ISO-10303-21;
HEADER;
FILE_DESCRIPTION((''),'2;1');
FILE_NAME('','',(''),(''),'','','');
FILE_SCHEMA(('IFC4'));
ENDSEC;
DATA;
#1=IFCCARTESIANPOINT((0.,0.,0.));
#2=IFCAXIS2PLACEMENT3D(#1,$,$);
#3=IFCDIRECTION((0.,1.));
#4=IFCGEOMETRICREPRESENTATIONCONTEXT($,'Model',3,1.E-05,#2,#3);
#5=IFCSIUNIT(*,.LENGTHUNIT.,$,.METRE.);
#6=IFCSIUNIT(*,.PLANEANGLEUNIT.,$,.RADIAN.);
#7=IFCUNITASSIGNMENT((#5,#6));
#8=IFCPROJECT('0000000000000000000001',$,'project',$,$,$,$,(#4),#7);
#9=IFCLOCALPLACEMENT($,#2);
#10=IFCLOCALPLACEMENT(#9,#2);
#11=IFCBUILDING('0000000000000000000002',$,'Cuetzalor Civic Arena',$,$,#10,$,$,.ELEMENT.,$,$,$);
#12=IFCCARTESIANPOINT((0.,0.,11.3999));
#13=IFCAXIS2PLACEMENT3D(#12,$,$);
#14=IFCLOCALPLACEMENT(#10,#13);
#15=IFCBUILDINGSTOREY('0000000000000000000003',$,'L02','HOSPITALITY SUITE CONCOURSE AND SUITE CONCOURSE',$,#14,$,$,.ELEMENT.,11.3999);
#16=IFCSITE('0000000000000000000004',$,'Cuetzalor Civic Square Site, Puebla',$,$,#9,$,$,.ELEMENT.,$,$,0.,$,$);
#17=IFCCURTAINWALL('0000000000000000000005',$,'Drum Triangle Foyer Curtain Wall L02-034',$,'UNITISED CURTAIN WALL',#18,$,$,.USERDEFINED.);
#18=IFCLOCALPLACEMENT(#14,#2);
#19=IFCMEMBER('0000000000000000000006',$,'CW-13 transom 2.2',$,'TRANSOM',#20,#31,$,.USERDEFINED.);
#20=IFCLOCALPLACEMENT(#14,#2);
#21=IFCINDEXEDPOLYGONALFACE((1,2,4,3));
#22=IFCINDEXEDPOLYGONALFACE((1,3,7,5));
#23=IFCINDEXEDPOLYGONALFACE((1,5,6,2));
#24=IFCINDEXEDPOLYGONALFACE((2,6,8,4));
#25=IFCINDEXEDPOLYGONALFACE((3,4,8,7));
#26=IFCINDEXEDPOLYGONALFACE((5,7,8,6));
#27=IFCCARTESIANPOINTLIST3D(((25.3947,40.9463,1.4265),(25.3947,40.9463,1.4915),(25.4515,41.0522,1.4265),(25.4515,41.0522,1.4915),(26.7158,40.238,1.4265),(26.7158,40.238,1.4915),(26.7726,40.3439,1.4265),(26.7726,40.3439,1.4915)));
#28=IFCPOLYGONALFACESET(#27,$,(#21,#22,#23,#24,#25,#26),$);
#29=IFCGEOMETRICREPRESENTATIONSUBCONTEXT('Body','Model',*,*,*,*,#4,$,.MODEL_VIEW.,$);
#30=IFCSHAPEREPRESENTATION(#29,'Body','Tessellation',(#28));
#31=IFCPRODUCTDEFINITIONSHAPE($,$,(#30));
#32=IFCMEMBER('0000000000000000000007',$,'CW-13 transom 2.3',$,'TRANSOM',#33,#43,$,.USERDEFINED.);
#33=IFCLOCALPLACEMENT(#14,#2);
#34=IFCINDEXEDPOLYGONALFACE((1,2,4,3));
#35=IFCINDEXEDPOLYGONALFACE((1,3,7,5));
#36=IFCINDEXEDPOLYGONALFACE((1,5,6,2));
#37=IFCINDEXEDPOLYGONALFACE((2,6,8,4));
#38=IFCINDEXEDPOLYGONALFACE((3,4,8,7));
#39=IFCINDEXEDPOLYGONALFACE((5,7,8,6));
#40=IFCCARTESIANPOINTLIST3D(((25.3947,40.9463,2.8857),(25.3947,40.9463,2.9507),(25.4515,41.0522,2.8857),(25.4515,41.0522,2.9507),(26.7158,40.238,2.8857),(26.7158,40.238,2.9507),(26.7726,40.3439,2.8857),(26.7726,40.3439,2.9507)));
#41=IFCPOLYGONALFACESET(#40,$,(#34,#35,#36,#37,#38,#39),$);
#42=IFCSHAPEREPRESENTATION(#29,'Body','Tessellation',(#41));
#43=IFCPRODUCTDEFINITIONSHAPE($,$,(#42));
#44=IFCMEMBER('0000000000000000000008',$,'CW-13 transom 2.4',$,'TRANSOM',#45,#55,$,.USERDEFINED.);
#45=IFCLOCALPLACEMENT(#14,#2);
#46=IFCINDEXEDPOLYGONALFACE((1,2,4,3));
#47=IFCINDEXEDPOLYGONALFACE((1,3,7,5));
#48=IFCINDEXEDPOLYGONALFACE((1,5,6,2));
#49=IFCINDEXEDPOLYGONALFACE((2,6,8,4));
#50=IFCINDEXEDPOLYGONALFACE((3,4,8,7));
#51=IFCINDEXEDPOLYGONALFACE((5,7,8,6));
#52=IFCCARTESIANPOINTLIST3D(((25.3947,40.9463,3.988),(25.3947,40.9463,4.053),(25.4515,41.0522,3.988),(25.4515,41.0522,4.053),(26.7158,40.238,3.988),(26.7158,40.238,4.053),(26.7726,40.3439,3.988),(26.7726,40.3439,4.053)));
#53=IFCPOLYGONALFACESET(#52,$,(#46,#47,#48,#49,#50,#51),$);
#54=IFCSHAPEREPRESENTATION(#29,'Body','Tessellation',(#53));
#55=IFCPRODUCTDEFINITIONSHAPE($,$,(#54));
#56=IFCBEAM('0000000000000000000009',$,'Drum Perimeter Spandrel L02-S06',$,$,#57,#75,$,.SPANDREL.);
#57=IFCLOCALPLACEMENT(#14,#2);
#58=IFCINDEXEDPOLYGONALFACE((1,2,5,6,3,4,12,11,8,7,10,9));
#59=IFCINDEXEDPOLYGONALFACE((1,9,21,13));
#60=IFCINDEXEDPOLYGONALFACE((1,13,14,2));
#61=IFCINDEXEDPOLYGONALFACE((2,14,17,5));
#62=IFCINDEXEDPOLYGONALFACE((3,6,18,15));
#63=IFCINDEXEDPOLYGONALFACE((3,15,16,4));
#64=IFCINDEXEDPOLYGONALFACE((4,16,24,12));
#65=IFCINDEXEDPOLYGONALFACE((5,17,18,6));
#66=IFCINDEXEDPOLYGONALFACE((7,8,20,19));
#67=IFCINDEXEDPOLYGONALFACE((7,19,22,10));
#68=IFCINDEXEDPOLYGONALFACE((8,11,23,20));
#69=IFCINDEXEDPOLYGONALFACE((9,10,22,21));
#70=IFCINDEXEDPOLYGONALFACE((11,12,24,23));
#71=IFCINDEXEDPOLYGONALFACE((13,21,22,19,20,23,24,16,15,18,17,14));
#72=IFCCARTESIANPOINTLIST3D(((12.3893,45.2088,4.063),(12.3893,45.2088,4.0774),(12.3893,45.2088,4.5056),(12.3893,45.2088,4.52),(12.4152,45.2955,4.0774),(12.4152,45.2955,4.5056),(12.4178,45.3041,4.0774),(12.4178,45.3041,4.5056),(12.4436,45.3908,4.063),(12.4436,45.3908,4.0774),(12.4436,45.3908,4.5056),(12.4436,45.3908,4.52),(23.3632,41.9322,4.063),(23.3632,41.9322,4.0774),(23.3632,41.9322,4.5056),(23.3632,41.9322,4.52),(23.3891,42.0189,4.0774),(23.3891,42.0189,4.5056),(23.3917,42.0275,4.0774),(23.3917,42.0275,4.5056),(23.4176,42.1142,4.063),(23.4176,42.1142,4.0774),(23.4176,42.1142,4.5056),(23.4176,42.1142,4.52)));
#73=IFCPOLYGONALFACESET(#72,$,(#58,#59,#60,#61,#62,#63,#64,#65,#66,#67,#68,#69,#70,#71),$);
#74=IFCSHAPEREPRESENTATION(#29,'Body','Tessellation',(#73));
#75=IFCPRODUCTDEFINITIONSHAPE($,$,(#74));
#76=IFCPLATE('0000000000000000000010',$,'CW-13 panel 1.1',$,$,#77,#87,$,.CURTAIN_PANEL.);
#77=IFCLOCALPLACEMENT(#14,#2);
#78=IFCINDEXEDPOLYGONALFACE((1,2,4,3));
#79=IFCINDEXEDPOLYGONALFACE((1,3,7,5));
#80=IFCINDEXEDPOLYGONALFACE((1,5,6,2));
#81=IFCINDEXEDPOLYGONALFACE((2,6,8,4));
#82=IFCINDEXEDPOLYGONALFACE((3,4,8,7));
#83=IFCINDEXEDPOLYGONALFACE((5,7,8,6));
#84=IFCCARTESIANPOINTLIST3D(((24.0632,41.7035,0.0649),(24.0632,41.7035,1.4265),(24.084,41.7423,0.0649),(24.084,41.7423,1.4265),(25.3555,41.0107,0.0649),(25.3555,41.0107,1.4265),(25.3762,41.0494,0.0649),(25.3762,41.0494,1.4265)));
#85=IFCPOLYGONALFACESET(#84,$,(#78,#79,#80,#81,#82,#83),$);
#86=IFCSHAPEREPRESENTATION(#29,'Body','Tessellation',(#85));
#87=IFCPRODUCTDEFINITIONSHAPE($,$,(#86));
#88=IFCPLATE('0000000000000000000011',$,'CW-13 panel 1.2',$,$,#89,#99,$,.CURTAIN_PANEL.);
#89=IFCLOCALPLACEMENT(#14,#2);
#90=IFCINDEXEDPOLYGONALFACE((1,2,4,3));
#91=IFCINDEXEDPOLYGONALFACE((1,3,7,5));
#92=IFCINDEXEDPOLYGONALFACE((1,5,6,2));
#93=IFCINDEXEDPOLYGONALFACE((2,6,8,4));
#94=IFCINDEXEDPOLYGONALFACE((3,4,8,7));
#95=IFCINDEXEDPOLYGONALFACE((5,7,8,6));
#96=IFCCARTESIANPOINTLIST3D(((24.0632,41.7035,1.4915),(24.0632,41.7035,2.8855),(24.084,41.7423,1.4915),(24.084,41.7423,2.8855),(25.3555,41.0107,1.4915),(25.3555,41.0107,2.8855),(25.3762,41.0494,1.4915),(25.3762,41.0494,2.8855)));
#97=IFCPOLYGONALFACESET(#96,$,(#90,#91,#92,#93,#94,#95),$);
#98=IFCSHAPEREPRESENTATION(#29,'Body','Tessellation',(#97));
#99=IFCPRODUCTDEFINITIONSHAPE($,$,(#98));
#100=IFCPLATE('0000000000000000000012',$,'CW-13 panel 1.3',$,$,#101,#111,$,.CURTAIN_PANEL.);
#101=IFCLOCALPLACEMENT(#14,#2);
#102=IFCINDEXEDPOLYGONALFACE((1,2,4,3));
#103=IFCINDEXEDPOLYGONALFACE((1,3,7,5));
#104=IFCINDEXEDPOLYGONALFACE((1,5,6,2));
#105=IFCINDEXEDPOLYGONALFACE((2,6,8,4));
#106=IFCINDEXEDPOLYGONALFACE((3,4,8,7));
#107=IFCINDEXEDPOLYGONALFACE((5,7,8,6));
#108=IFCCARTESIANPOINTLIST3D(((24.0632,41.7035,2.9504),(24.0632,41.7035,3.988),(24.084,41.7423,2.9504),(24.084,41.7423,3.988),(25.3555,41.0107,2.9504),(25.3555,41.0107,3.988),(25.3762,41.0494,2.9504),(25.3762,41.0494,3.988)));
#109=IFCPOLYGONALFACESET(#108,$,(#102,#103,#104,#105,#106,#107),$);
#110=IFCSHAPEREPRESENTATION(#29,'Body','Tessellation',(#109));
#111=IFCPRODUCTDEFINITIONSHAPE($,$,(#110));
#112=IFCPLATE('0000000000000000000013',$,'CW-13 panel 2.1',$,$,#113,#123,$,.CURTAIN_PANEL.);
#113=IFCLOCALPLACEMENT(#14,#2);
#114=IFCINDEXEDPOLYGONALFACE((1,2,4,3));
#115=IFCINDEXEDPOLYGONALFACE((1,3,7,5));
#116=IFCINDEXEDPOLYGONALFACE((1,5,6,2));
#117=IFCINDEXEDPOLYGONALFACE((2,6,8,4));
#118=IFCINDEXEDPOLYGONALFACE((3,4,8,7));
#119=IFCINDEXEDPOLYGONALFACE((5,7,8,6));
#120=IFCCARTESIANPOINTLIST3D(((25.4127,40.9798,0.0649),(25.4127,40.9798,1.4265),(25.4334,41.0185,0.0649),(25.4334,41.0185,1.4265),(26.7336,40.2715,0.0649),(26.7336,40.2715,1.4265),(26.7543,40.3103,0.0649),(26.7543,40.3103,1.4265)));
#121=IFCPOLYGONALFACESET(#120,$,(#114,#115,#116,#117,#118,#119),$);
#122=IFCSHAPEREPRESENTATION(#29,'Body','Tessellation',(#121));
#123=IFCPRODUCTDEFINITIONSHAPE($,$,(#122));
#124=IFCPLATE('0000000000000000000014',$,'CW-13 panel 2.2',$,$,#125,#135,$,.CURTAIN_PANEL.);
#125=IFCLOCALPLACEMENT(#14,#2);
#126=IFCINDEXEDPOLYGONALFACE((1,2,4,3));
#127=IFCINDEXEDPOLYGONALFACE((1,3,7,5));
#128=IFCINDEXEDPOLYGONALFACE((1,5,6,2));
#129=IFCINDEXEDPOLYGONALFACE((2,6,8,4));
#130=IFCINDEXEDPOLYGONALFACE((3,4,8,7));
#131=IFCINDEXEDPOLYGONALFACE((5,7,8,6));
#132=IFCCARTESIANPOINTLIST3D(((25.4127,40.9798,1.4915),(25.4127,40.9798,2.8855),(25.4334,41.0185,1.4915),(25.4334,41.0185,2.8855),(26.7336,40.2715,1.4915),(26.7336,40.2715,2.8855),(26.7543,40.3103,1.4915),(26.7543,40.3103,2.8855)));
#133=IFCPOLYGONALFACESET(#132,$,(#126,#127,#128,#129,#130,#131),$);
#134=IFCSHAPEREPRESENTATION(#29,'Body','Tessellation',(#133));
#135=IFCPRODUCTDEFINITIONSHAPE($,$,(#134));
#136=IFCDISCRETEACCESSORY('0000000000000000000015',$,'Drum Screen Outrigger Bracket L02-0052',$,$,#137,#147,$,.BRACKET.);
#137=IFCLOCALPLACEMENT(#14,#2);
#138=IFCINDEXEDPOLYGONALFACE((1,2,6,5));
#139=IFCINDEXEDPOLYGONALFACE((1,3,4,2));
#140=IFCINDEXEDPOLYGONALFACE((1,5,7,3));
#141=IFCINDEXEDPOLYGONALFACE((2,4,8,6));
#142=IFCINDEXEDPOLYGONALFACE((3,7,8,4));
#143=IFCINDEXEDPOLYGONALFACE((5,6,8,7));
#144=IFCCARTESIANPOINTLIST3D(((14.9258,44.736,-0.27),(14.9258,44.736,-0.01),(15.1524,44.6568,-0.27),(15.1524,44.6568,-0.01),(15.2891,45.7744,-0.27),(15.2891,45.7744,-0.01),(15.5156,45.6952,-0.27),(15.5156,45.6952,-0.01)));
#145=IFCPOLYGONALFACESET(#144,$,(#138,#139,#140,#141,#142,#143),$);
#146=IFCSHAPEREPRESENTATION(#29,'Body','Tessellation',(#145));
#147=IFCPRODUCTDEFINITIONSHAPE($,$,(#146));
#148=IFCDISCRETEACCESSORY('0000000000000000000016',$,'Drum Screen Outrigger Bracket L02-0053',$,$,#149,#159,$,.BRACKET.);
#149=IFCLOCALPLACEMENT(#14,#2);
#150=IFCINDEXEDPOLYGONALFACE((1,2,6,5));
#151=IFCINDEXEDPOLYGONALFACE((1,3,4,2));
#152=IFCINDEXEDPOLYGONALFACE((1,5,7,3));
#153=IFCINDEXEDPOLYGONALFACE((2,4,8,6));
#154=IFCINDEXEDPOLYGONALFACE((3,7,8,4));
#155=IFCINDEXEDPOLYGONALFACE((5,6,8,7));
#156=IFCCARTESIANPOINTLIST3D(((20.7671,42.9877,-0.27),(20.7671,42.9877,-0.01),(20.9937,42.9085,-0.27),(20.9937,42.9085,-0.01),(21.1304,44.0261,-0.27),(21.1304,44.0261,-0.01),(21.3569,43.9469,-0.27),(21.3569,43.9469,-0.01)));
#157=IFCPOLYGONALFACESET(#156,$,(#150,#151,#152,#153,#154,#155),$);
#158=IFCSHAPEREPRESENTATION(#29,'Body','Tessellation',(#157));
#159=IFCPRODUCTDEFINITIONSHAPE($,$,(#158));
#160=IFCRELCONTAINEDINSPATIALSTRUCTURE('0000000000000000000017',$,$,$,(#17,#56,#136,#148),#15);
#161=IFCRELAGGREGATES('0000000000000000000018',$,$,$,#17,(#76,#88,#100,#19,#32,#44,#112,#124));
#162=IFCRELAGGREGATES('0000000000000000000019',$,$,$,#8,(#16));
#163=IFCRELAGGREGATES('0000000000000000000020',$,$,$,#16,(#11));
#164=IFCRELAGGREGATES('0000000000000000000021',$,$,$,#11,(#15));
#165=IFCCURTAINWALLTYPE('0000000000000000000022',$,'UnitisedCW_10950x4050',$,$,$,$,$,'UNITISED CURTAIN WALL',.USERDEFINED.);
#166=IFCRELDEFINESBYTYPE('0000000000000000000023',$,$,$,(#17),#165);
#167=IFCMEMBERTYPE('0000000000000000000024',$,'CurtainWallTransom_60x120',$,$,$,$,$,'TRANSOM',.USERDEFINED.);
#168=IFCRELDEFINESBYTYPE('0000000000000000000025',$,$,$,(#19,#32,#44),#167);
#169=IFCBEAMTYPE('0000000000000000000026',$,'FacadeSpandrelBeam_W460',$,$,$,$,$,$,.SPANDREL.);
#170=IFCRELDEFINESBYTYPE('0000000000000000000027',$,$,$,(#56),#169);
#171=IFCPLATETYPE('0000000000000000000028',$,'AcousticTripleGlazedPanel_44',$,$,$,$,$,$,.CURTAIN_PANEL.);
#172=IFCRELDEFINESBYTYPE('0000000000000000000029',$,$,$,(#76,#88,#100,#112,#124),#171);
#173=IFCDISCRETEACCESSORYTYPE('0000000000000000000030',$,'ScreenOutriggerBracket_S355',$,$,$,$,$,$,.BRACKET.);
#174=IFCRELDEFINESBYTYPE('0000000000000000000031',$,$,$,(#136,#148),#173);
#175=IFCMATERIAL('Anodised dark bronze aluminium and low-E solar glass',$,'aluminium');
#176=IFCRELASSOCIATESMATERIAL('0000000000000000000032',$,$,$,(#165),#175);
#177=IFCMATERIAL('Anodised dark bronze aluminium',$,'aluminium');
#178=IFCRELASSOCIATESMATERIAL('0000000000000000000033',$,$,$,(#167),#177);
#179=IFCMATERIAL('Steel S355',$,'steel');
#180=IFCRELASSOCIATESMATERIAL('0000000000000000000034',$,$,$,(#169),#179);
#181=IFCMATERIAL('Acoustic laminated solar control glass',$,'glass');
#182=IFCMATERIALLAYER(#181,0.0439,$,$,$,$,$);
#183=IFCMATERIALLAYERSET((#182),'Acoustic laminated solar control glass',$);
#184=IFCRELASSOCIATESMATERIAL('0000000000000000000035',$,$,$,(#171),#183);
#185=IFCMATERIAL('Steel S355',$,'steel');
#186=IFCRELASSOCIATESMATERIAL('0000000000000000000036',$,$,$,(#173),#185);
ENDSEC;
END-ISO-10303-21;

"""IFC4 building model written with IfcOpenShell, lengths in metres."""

from ifc_helpers import new_model, si_unit, direction, frame, origin, origin_2d, place, context, subcontext, project, spatial, rectangle, i_section, extrude, material, layer, layer_set, material_profile, profile_set, type_object, element, aggregate, save


model = new_model("IFC4")

# Units and contexts
model_context = context("Model", 3, precision=1e-05, world=origin(), true_north=direction((0.0, 1.0)))
body_context = subcontext(model_context, "Body", "Model", "MODEL_VIEW")
ifc_project = project(units=[si_unit("LENGTHUNIT", "METRE"), si_unit("PLANEANGLEUNIT", "RADIAN")], contexts=[model_context])

# Site, building, storey
site_placement = place(None, origin())
site = spatial("IfcSite", under=ifc_project, at=site_placement, Name="Cuetzalor Civic Square Site, Puebla", CompositionType="ELEMENT", RefElevation=0.0)
building_placement = place(site_placement, origin())
building = spatial("IfcBuilding", under=site, at=building_placement, Name="Cuetzalor Civic Arena", CompositionType="ELEMENT")
storey_placement = place(building_placement, frame((0.0, 0.0, 11.3999)))
storey = spatial("IfcBuildingStorey", under=building, at=storey_placement, Name="L02", Description="HOSPITALITY SUITE CONCOURSE AND SUITE CONCOURSE", CompositionType="ELEMENT", Elevation=11.3999)

# Curtain wall, members
ifc_material_1 = material(Name="Anodised dark bronze aluminium and low-E solar glass", Category="aluminium")
curtain_wall_type = type_object("IfcCurtainWallType", Name="UnitisedCW_10950x4050", ElementType="UNITISED CURTAIN WALL", PredefinedType="USERDEFINED", material=ifc_material_1)
curtain_wall_placement = place(storey_placement, origin())
curtain_wall = element("IfcCurtainWall", 1, at=curtain_wall_placement, inside=storey, type_object=curtain_wall_type, Name="Drum Triangle Foyer Curtain Wall L02-034", ObjectType="UNITISED CURTAIN WALL", PredefinedType="USERDEFINED")
ifc_material_2 = material(Name="Anodised dark bronze aluminium", Category="aluminium")
ifc_material_profile_1 = material_profile(ifc_material_2, rectangle(XDim=0.1201, YDim=0.0649, at=origin_2d()), Name="ALU TRANSOM 65x120")
ifc_profile_set_1 = profile_set([ifc_material_profile_1], Name="Anodised dark bronze aluminium")
member_type_1 = type_object("IfcMemberType", Name="CurtainWallTransom_60x120", ElementType="TRANSOM", PredefinedType="USERDEFINED", material=ifc_profile_set_1)
member_1_placement = place(storey_placement, frame((25.4231, 40.9993, 1.459), z_axis=(0.881327, -0.472506, 0.0), x_axis=(0.472506, 0.881327, 0.0)))
member_1 = element("IfcMember", 2, at=member_1_placement, type_object=member_type_1, Name="CW-13 transom 2.2", ObjectType="TRANSOM", PredefinedType="USERDEFINED", context=body_context, shape_type="SweptSolid", body=[
    extrude(rectangle(XDim=0.1201, YDim=0.0649, at=origin_2d()), origin(), (0.0, 0.0, 1.0), 1.499),
])
member_2_placement = place(storey_placement, frame((25.4231, 40.9993, 2.9182), z_axis=(0.881327, -0.472506, 0.0), x_axis=(0.472506, 0.881327, 0.0)))
member_2 = element("IfcMember", 3, at=member_2_placement, type_object=member_type_1, Name="CW-13 transom 2.3", ObjectType="TRANSOM", PredefinedType="USERDEFINED", context=body_context, shape_type="SweptSolid", body=[
    extrude(rectangle(XDim=0.1201, YDim=0.0649, at=origin_2d()), origin(), (0.0, 0.0, 1.0), 1.499),
])
member_3_placement = place(storey_placement, frame((25.4231, 40.9993, 4.0205), z_axis=(0.881327, -0.472506, 0.0), x_axis=(0.472506, 0.881327, 0.0)))
member_3 = element("IfcMember", 4, at=member_3_placement, type_object=member_type_1, Name="CW-13 transom 2.4", ObjectType="TRANSOM", PredefinedType="USERDEFINED", context=body_context, shape_type="SweptSolid", body=[
    extrude(rectangle(XDim=0.1201, YDim=0.0649, at=origin_2d()), origin(), (0.0, 0.0, 1.0), 1.499),
])

# Beam
ifc_material_3 = material(Name="Steel S355", Category="steel")
ifc_material_profile_2 = material_profile(ifc_material_3, i_section(OverallWidth=0.1899, OverallDepth=0.457, WebThickness=0.009, FlangeThickness=0.0144, at=origin_2d()), Name="W460x74")
ifc_profile_set_2 = profile_set([ifc_material_profile_2], Name="Steel S355")
beam_type_1 = type_object("IfcBeamType", Name="FacadeSpandrelBeam_W460", PredefinedType="SPANDREL", material=ifc_profile_set_2)
beam_1_placement = place(storey_placement, frame((23.3904, 42.0232, 4.2915), z_axis=(-0.958199, 0.286102, 0.0), x_axis=(-0.286102, -0.958199, 0.0)))
element("IfcBeam", 5, at=beam_1_placement, inside=storey, type_object=beam_type_1, Name="Drum Perimeter Spandrel L02-S06", PredefinedType="SPANDREL", context=body_context, shape_type="SweptSolid", body=[
    extrude(i_section(OverallWidth=0.1899, OverallDepth=0.457, WebThickness=0.009, FlangeThickness=0.0144, at=origin_2d()), origin(), (0.0, 0.0, 1.0), 11.4526),
])

# Plates
ifc_material_4 = material(Name="Acoustic laminated solar control glass", Category="glass")
ifc_layer = layer(ifc_material_4, 0.0439)
ifc_layer_set = layer_set([ifc_layer], Name="Acoustic laminated solar control glass")
plate_type = type_object("IfcPlateType", Name="AcousticTripleGlazedPanel_44", PredefinedType="CURTAIN_PANEL", material=ifc_layer_set)
plate_1_placement = place(storey_placement, frame((24.7197, 41.3765, 0.0649), z_axis=(0.0, 0.0, 1.0), x_axis=(0.881306, -0.472545, 0.0)))
plate_1 = element("IfcPlate", 6, at=plate_1_placement, type_object=plate_type, Name="CW-13 panel 1.1", PredefinedType="CURTAIN_PANEL", context=body_context, shape_type="SweptSolid", body=[
    extrude(rectangle(XDim=1.4663, YDim=0.0439, at=origin_2d()), origin(), (0.0, 0.0, 1.0), 1.3616),
])
plate_2_placement = place(storey_placement, frame((24.7197, 41.3765, 1.4915), z_axis=(0.0, 0.0, 1.0), x_axis=(0.881306, -0.472545, 0.0)))
plate_2 = element("IfcPlate", 7, at=plate_2_placement, type_object=plate_type, Name="CW-13 panel 1.2", PredefinedType="CURTAIN_PANEL", context=body_context, shape_type="SweptSolid", body=[
    extrude(rectangle(XDim=1.4663, YDim=0.0439, at=origin_2d()), origin(), (0.0, 0.0, 1.0), 1.394),
])
plate_3_placement = place(storey_placement, frame((24.7197, 41.3765, 2.9504), z_axis=(0.0, 0.0, 1.0), x_axis=(0.881306, -0.472545, 0.0)))
plate_3 = element("IfcPlate", 8, at=plate_3_placement, type_object=plate_type, Name="CW-13 panel 1.3", PredefinedType="CURTAIN_PANEL", context=body_context, shape_type="SweptSolid", body=[
    extrude(rectangle(XDim=1.4663, YDim=0.0439, at=origin_2d()), origin(), (0.0, 0.0, 1.0), 1.0376),
])
plate_4_placement = place(storey_placement, frame((26.0835, 40.645, 0.0649), z_axis=(0.0, 0.0, 1.0), x_axis=(0.881306, -0.472545, 0.0)))
plate_4 = element("IfcPlate", 9, at=plate_4_placement, type_object=plate_type, Name="CW-13 panel 2.1", PredefinedType="CURTAIN_PANEL", context=body_context, shape_type="SweptSolid", body=[
    extrude(rectangle(XDim=1.4988, YDim=0.0439, at=origin_2d()), origin(), (0.0, 0.0, 1.0), 1.3616),
])
plate_5_placement = place(storey_placement, frame((26.0835, 40.645, 1.4915), z_axis=(0.0, 0.0, 1.0), x_axis=(0.881306, -0.472545, 0.0)))
plate_5 = element("IfcPlate", 10, at=plate_5_placement, type_object=plate_type, Name="CW-13 panel 2.2", PredefinedType="CURTAIN_PANEL", context=body_context, shape_type="SweptSolid", body=[
    extrude(rectangle(XDim=1.4988, YDim=0.0439, at=origin_2d()), origin(), (0.0, 0.0, 1.0), 1.394),
])
aggregate(curtain_wall, [plate_1, plate_2, plate_3, member_1, member_2, member_3, plate_4, plate_5])

# Discrete accessories
ifc_material_5 = material(Name="Steel S355", Category="steel")
discrete_accessory_type = type_object("IfcDiscreteAccessoryType", Name="ScreenOutriggerBracket_S355", PredefinedType="BRACKET", material=ifc_material_5)
for number, where, z_axis, x_axis, name in (
    (11, (15.2207, 45.2156, -0.27), (0.0, 0.0, 1.0), (0.330185, 0.943916, 0.0), "Drum Screen Outrigger Bracket L02-0052"),
    (12, (21.062, 43.4673, -0.27), (0.0, 0.0, 1.0), (0.330185, 0.943916, 0.0), "Drum Screen Outrigger Bracket L02-0053"),
):
    element("IfcDiscreteAccessory", number, at=place(storey_placement, frame(where, z_axis=z_axis, x_axis=x_axis)), inside=storey, type_object=discrete_accessory_type, Name=name, PredefinedType="BRACKET", context=body_context, shape_type="SweptSolid", body=[
        extrude(rectangle(XDim=1.1001, YDim=0.24, at=origin_2d()), origin(), (0.0, 0.0, 1.0), 0.26),
    ])

save(model, "model.ifc")
